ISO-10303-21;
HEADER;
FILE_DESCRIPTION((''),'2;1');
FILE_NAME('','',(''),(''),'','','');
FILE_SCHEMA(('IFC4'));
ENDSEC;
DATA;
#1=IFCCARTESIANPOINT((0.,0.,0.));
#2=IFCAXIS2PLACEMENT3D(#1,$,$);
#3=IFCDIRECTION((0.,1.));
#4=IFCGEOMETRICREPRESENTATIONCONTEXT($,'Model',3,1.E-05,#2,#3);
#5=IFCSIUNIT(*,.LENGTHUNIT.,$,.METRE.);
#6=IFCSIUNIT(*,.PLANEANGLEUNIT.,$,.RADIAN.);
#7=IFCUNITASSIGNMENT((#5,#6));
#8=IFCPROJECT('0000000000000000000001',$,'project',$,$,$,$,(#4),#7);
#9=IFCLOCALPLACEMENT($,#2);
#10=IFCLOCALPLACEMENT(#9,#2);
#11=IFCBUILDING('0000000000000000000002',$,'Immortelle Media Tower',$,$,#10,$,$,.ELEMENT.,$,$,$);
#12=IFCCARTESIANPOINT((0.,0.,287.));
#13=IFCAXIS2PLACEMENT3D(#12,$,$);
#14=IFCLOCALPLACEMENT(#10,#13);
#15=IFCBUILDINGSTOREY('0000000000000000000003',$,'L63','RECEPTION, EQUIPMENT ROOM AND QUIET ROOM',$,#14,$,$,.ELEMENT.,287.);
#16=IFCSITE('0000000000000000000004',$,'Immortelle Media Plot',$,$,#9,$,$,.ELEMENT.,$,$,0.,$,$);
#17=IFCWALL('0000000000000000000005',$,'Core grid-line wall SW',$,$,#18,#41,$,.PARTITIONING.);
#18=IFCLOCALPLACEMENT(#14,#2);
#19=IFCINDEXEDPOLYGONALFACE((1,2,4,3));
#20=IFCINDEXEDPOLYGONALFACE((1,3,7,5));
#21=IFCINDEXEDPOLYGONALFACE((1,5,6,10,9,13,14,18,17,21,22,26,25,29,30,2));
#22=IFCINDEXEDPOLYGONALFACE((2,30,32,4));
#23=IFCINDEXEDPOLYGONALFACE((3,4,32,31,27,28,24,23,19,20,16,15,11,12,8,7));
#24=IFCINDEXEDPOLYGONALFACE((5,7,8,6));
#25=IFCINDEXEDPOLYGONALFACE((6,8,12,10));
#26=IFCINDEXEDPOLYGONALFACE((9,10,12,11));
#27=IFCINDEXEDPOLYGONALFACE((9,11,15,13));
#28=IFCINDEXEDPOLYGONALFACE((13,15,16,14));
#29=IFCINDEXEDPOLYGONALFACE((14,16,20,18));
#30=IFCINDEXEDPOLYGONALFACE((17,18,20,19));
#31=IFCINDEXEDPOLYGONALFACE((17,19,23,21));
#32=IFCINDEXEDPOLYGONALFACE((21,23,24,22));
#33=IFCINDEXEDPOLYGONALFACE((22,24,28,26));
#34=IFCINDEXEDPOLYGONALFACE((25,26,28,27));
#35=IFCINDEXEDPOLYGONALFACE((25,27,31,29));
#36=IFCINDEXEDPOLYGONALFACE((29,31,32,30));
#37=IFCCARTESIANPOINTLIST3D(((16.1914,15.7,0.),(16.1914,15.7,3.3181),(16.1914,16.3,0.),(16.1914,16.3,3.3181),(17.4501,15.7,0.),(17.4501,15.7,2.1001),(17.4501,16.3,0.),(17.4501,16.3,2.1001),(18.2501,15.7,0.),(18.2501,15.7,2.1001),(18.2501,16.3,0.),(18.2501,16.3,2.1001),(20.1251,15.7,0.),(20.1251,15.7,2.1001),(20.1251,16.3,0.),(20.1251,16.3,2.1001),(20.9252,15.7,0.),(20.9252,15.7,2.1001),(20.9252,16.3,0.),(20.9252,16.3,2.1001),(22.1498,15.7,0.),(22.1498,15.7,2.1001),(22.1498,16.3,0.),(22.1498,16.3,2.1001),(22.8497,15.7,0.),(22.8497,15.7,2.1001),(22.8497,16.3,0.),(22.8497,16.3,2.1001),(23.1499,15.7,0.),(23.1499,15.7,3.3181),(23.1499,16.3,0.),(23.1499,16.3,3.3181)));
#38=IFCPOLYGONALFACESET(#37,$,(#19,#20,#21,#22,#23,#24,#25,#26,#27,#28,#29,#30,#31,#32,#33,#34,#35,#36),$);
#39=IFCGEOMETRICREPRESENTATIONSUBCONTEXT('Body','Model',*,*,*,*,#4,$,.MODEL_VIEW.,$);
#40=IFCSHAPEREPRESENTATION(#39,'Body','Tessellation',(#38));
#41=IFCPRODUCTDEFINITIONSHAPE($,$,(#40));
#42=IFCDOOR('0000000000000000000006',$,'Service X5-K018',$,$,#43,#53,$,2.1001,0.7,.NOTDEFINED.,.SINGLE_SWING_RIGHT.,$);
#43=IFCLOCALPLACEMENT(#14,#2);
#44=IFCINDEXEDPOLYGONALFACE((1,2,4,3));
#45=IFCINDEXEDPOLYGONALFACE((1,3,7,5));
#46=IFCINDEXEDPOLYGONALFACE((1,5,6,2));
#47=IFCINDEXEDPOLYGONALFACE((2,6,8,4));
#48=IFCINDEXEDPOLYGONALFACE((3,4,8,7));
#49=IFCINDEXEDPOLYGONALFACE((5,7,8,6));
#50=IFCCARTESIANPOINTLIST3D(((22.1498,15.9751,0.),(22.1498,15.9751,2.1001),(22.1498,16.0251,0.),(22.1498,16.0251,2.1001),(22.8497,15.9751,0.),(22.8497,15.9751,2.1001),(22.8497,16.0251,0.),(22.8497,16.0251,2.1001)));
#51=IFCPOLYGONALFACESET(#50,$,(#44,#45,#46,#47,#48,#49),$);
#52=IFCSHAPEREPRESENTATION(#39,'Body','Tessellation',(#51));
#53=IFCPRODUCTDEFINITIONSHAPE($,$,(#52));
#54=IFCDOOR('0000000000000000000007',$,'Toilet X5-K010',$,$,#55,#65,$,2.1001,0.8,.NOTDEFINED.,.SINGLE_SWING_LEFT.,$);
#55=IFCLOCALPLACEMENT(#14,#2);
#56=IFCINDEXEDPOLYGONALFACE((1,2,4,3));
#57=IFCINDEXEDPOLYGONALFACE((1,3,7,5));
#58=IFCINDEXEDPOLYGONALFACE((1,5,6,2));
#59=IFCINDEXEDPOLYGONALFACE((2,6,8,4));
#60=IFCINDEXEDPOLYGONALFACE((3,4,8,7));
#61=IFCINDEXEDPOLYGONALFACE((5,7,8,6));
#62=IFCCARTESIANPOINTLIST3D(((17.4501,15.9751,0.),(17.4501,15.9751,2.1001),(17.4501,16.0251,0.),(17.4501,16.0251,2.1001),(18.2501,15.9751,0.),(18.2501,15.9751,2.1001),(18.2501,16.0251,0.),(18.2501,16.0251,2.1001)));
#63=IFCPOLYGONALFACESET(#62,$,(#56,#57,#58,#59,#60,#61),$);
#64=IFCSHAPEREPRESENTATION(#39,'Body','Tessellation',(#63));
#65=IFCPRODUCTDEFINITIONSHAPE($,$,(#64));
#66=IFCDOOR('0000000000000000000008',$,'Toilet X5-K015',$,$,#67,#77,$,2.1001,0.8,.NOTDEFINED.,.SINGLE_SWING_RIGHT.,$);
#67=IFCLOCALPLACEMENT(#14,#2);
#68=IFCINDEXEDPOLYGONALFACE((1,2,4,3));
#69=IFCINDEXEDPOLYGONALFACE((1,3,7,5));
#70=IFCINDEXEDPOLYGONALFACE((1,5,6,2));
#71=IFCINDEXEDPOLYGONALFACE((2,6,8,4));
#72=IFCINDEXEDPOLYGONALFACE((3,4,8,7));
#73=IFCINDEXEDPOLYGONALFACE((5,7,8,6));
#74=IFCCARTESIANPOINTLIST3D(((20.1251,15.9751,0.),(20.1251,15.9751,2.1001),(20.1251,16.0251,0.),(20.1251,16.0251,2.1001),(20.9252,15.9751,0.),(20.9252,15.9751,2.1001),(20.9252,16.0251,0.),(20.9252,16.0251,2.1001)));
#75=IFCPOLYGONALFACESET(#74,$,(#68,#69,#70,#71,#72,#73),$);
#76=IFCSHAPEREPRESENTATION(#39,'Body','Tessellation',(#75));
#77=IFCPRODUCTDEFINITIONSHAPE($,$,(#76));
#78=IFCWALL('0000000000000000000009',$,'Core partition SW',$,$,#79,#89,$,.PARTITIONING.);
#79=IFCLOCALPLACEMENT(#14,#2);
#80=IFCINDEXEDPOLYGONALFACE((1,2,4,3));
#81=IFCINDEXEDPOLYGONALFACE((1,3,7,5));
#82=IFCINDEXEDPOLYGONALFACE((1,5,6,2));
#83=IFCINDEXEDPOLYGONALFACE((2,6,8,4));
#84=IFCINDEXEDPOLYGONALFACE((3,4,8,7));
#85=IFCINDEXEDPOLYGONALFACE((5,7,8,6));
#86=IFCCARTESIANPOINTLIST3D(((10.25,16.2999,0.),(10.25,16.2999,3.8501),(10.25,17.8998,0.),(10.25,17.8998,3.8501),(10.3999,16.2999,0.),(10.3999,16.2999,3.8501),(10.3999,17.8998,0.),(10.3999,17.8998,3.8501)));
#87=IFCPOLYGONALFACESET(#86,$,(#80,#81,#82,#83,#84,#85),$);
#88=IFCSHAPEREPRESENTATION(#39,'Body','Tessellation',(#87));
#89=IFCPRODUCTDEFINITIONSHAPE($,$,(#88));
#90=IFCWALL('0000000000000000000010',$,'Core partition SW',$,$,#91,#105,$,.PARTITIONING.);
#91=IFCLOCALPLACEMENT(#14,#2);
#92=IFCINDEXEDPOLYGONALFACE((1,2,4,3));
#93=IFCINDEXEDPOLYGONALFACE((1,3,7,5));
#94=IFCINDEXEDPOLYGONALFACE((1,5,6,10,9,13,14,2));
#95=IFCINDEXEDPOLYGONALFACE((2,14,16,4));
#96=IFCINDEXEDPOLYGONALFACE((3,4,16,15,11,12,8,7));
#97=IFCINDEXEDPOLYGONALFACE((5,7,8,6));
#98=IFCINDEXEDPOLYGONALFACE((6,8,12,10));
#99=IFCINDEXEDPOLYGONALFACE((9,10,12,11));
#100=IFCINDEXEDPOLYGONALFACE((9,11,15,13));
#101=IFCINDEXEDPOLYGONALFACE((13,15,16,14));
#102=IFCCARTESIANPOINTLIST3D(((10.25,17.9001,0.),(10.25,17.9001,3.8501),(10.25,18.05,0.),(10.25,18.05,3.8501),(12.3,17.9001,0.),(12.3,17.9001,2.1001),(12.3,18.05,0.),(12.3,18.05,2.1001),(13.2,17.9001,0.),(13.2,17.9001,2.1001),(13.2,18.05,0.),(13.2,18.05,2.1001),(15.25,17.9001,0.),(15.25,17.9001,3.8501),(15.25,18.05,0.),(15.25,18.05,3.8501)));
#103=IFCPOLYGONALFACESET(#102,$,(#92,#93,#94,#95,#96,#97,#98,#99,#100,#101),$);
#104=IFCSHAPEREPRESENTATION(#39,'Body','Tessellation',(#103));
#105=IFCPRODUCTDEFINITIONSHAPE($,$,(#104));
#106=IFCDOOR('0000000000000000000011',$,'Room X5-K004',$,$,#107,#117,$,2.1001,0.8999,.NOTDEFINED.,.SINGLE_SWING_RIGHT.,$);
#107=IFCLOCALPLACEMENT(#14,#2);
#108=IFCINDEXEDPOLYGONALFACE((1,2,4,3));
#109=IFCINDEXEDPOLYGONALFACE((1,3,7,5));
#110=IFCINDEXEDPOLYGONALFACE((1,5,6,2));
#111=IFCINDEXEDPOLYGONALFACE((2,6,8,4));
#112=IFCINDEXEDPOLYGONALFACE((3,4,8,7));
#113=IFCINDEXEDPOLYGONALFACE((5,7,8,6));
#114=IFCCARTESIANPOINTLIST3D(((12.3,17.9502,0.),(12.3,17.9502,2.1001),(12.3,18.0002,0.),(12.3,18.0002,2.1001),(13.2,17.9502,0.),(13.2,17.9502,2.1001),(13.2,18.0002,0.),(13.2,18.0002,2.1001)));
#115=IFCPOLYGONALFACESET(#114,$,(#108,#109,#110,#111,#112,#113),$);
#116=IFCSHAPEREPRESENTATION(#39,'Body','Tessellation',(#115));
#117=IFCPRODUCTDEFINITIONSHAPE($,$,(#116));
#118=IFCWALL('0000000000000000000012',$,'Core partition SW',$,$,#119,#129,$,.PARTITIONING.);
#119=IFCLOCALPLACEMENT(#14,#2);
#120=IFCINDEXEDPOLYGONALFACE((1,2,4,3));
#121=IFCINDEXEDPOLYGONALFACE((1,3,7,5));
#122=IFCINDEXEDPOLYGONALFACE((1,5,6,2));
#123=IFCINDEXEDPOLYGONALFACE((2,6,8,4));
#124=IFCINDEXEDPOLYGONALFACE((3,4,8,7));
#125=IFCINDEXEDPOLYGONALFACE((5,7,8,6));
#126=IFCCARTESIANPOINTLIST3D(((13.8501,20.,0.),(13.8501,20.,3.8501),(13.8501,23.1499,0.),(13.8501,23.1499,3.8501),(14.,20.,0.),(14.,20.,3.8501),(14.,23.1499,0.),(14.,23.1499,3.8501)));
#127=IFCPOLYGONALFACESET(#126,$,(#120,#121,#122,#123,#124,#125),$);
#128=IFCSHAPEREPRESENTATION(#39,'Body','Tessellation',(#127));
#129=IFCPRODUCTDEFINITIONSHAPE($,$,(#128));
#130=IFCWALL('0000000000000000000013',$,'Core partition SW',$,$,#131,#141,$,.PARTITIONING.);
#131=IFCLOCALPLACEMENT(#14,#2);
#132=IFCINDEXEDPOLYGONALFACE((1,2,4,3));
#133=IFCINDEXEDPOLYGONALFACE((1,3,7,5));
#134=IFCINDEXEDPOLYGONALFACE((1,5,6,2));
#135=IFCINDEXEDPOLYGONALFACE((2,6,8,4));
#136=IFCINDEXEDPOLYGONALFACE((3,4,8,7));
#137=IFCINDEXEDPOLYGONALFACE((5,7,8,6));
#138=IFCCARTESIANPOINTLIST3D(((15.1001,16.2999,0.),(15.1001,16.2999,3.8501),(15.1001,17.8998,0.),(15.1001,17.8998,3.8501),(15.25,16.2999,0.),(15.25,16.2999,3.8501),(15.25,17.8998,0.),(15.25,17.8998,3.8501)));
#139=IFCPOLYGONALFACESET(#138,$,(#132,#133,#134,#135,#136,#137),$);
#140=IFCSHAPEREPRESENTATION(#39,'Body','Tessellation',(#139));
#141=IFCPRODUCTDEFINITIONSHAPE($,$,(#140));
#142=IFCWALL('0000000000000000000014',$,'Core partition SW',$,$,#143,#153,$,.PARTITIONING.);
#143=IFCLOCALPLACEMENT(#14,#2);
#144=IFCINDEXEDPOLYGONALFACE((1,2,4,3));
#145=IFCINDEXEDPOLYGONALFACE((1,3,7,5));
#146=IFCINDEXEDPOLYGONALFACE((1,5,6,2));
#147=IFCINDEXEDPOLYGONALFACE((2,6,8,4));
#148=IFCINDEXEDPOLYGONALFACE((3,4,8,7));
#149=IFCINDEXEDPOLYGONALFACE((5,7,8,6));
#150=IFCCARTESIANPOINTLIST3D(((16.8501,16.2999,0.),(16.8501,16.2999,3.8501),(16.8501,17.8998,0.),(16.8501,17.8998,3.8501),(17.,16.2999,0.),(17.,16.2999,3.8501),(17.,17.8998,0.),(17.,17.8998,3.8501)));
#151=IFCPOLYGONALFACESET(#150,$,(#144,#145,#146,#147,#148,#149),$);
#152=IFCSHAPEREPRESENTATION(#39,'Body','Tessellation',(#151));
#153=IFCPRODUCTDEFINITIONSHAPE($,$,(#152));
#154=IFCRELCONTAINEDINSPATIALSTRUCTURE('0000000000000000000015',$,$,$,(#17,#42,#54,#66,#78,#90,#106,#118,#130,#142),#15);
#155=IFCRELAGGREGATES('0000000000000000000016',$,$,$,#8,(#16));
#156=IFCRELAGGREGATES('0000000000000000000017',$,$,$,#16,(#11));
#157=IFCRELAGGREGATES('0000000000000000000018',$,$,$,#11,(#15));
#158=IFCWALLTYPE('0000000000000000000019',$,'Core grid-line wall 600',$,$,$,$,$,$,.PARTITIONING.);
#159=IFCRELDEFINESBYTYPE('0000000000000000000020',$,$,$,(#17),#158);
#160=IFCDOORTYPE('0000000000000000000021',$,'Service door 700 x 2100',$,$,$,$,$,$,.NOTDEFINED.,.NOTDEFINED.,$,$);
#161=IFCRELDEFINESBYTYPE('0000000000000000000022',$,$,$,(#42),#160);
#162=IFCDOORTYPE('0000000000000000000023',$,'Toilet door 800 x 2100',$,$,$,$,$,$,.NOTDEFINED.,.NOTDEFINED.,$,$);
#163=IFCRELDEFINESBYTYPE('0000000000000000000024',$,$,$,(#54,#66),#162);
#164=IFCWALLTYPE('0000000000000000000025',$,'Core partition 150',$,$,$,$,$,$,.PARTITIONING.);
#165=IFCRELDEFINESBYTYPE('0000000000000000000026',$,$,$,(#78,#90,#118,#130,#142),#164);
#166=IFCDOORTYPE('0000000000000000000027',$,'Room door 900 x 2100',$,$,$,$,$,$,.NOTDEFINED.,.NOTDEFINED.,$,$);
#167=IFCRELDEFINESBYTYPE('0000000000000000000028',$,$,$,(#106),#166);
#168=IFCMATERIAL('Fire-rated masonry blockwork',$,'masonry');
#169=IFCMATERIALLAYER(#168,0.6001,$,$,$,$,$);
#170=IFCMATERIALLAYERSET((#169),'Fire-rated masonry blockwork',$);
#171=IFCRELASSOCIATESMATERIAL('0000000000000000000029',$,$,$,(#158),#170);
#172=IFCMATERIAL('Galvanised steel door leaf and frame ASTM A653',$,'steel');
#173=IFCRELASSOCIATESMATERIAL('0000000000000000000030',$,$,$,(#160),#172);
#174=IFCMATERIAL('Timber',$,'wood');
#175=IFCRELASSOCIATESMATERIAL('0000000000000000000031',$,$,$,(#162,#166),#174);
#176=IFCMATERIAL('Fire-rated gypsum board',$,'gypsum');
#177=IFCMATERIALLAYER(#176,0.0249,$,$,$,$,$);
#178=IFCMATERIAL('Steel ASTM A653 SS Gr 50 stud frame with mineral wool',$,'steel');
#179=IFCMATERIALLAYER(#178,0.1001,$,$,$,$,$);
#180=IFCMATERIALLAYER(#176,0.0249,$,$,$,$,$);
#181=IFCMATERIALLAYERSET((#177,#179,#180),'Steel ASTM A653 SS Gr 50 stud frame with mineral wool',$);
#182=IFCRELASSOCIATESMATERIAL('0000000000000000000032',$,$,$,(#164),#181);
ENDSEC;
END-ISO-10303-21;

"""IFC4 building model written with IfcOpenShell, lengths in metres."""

from ifc_helpers import new_model, si_unit, direction, frame, frame_2d, origin, place, context, subcontext, project, spatial, rectangle, extrude, material, layer, layer_set, type_object, element, fill, save


model = new_model("IFC4")

# Units and contexts
model_context = context("Model", 3, precision=1e-05, world=origin(), true_north=direction((0.0, 1.0)))
body_context = subcontext(model_context, "Body", "Model", "MODEL_VIEW")
ifc_project = project(units=[si_unit("LENGTHUNIT", "METRE"), si_unit("PLANEANGLEUNIT", "RADIAN")], contexts=[model_context])

# Site, building, storey
site_placement = place(None, origin())
site = spatial("IfcSite", under=ifc_project, at=site_placement, Name="Immortelle Media Plot", CompositionType="ELEMENT", RefElevation=0.0)
building_placement = place(site_placement, origin())
building = spatial("IfcBuilding", under=site, at=building_placement, Name="Immortelle Media Tower", CompositionType="ELEMENT")
storey_placement = place(building_placement, frame((0.0, 0.0, 287.0)))
storey = spatial("IfcBuildingStorey", under=building, at=storey_placement, Name="L63", Description="RECEPTION, EQUIPMENT ROOM AND QUIET ROOM", CompositionType="ELEMENT", Elevation=287.0)

# Wall, openings, doors
ifc_material_1 = material(Name="Fire-rated masonry blockwork", Category="masonry")
ifc_layer_1 = layer(ifc_material_1, 0.6001)
ifc_layer_set_1 = layer_set([ifc_layer_1], Name="Fire-rated masonry blockwork")
wall_type_1 = type_object("IfcWallType", Name="Core grid-line wall 600", PredefinedType="PARTITIONING", material=ifc_layer_set_1)
wall_1_placement = place(storey_placement, frame((16.1914, 16.0, 0.0), z_axis=(0.0, 0.0, 1.0), x_axis=(1.0, 0.0, 0.0)))
wall_1 = element("IfcWall", 1, at=wall_1_placement, inside=storey, type_object=wall_type_1, Name="Core grid-line wall SW", PredefinedType="PARTITIONING", context=body_context, shape_type="SweptSolid", body=[
    extrude(rectangle(XDim=6.9585, YDim=0.6001, at=frame_2d((3.4792, 0.0))), origin(), (0.0, 0.0, 1.0), 3.3181),
])
opening_1_placement = place(wall_1_placement, frame((2.0586, 0.0, 0.0), z_axis=(0.0, 0.0, 1.0), x_axis=(-1.0, 0.0, 0.0)))
opening_1 = element("IfcOpeningElement", 2, at=opening_1_placement, cuts=wall_1, PredefinedType="OPENING", context=body_context, shape_type="SweptSolid", body=[
    extrude(rectangle(XDim=0.8, YDim=2.1001, at=frame_2d((0.3999, 1.05))), frame((0.0, 0.3101, 0.0), z_axis=(0.0, -1.0, 0.0), x_axis=(1.0, 0.0, 0.0)), (0.0, 0.0, 1.0), 0.6201),
])
opening_2_placement = place(wall_1_placement, frame((4.7336, 0.0, 0.0), z_axis=(0.0, 0.0, 1.0), x_axis=(-1.0, 0.0, 0.0)))
opening_2 = element("IfcOpeningElement", 3, at=opening_2_placement, cuts=wall_1, PredefinedType="OPENING", context=body_context, shape_type="SweptSolid", body=[
    extrude(rectangle(XDim=0.8, YDim=2.1001, at=frame_2d((0.3999, 1.05))), frame((0.0, 0.3101, 0.0), z_axis=(0.0, -1.0, 0.0), x_axis=(1.0, 0.0, 0.0)), (0.0, 0.0, 1.0), 0.6201),
])
opening_3_placement = place(wall_1_placement, frame((6.6584, 0.0, 0.0), z_axis=(0.0, 0.0, 1.0), x_axis=(-1.0, 0.0, 0.0)))
opening_3 = element("IfcOpeningElement", 4, at=opening_3_placement, cuts=wall_1, PredefinedType="OPENING", context=body_context, shape_type="SweptSolid", body=[
    extrude(rectangle(XDim=0.7, YDim=2.1001, at=frame_2d((0.3501, 1.05))), frame((0.0, 0.3101, 0.0), z_axis=(0.0, -1.0, 0.0), x_axis=(1.0, 0.0, 0.0)), (0.0, 0.0, 1.0), 0.6201),
])
ifc_material_2 = material(Name="Galvanised steel door leaf and frame ASTM A653", Category="steel")
door_type_1 = type_object("IfcDoorType", Name="Service door 700 x 2100", OperationType="NOTDEFINED", PredefinedType="NOTDEFINED", material=ifc_material_2)
door_1_placement = place(opening_3_placement, origin())
door_1 = element("IfcDoor", 5, at=door_1_placement, inside=storey, type_object=door_type_1, Name="Service X5-K018", OperationType="SINGLE_SWING_RIGHT", OverallHeight=2.1001, OverallWidth=0.7, PredefinedType="NOTDEFINED", context=body_context, shape_type="SweptSolid", body=[
    extrude(rectangle(XDim=0.7, YDim=2.1001, at=frame_2d((0.3501, 1.05))), frame((0.0, 0.0249, 0.0), z_axis=(0.0, -1.0, 0.0), x_axis=(1.0, 0.0, 0.0)), (0.0, 0.0, 1.0), 0.05),
])
fill(opening_3, door_1)
ifc_material_3 = material(Name="Timber", Category="wood")
door_type_2 = type_object("IfcDoorType", Name="Toilet door 800 x 2100", OperationType="NOTDEFINED", PredefinedType="NOTDEFINED", material=ifc_material_3)
door_2_placement = place(opening_1_placement, origin())
door_2 = element("IfcDoor", 6, at=door_2_placement, inside=storey, type_object=door_type_2, Name="Toilet X5-K010", OperationType="SINGLE_SWING_LEFT", OverallHeight=2.1001, OverallWidth=0.8, PredefinedType="NOTDEFINED", context=body_context, shape_type="SweptSolid", body=[
    extrude(rectangle(XDim=0.8, YDim=2.1001, at=frame_2d((0.3999, 1.05))), frame((0.0, 0.0249, 0.0), z_axis=(0.0, -1.0, 0.0), x_axis=(1.0, 0.0, 0.0)), (0.0, 0.0, 1.0), 0.05),
])
fill(opening_1, door_2)
door_3_placement = place(opening_2_placement, origin())
door_3 = element("IfcDoor", 7, at=door_3_placement, inside=storey, type_object=door_type_2, Name="Toilet X5-K015", OperationType="SINGLE_SWING_RIGHT", OverallHeight=2.1001, OverallWidth=0.8, PredefinedType="NOTDEFINED", context=body_context, shape_type="SweptSolid", body=[
    extrude(rectangle(XDim=0.8, YDim=2.1001, at=frame_2d((0.3999, 1.05))), frame((0.0, 0.0249, 0.0), z_axis=(0.0, -1.0, 0.0), x_axis=(1.0, 0.0, 0.0)), (0.0, 0.0, 1.0), 0.05),
])
fill(opening_2, door_3)

# Wall
ifc_material_4 = material(Name="Fire-rated gypsum board", Category="gypsum")
ifc_layer_2 = layer(ifc_material_4, 0.0249)
ifc_material_5 = material(Name="Steel ASTM A653 SS Gr 50 stud frame with mineral wool", Category="steel")
ifc_layer_3 = layer(ifc_material_5, 0.1001)
ifc_layer_4 = layer(ifc_material_4, 0.0249)
ifc_layer_set_2 = layer_set([ifc_layer_2, ifc_layer_3, ifc_layer_4], Name="Steel ASTM A653 SS Gr 50 stud frame with mineral wool")
wall_type_2 = type_object("IfcWallType", Name="Core partition 150", PredefinedType="PARTITIONING", material=ifc_layer_set_2)
wall_2_placement = place(storey_placement, frame((10.325, 16.3, 0.0), z_axis=(0.0, 0.0, 1.0), x_axis=(0.0, 1.0, 0.0)))
element("IfcWall", 8, at=wall_2_placement, inside=storey, type_object=wall_type_2, Name="Core partition SW", PredefinedType="PARTITIONING", context=body_context, shape_type="SweptSolid", body=[
    extrude(rectangle(XDim=1.5999, YDim=0.1499, at=frame_2d((0.7998, 0.0))), origin(), (0.0, 0.0, 1.0), 3.8501),
])

# Wall, opening, door
wall_3_placement = place(storey_placement, frame((10.25, 17.9751, 0.0), z_axis=(0.0, 0.0, 1.0), x_axis=(1.0, 0.0, 0.0)))
wall_3 = element("IfcWall", 9, at=wall_3_placement, inside=storey, type_object=wall_type_2, Name="Core partition SW", PredefinedType="PARTITIONING", context=body_context, shape_type="SweptSolid", body=[
    extrude(rectangle(XDim=5.0, YDim=0.1499, at=frame_2d((2.5, 0.0))), origin(), (0.0, 0.0, 1.0), 3.8501),
])
opening_4_placement = place(wall_3_placement, frame((2.95, 0.0, 0.0), z_axis=(0.0, 0.0, 1.0), x_axis=(-1.0, 0.0, 0.0)))
opening_4 = element("IfcOpeningElement", 10, at=opening_4_placement, cuts=wall_3, PredefinedType="OPENING", context=body_context, shape_type="SweptSolid", body=[
    extrude(rectangle(XDim=0.8999, YDim=2.1001, at=frame_2d((0.45, 1.05))), frame((0.0, 0.085, 0.0), z_axis=(0.0, -1.0, 0.0), x_axis=(1.0, 0.0, 0.0)), (0.0, 0.0, 1.0), 0.1699),
])
door_type_3 = type_object("IfcDoorType", Name="Room door 900 x 2100", OperationType="NOTDEFINED", PredefinedType="NOTDEFINED", material=ifc_material_3)
door_4_placement = place(opening_4_placement, origin())
door_4 = element("IfcDoor", 11, at=door_4_placement, inside=storey, type_object=door_type_3, Name="Room X5-K004", OperationType="SINGLE_SWING_RIGHT", OverallHeight=2.1001, OverallWidth=0.8999, PredefinedType="NOTDEFINED", context=body_context, shape_type="SweptSolid", body=[
    extrude(rectangle(XDim=0.8999, YDim=2.1001, at=frame_2d((0.45, 1.05))), frame((0.0, 0.0249, 0.0), z_axis=(0.0, -1.0, 0.0), x_axis=(1.0, 0.0, 0.0)), (0.0, 0.0, 1.0), 0.05),
])
fill(opening_4, door_4)

# Walls
wall_4_placement = place(storey_placement, frame((13.925, 20.0, 0.0), z_axis=(0.0, 0.0, 1.0), x_axis=(0.0, 1.0, 0.0)))
element("IfcWall", 12, at=wall_4_placement, inside=storey, type_object=wall_type_2, Name="Core partition SW", PredefinedType="PARTITIONING", context=body_context, shape_type="SweptSolid", body=[
    extrude(rectangle(XDim=3.1499, YDim=0.1499, at=frame_2d((1.575, 0.0))), origin(), (0.0, 0.0, 1.0), 3.8501),
])
for number, where, z_axis, x_axis, name in (
    (13, (15.175, 16.3, 0.0), (0.0, 0.0, 1.0), (0.0, 1.0, 0.0), "Core partition SW"),
    (14, (16.925, 16.3, 0.0), (0.0, 0.0, 1.0), (0.0, 1.0, 0.0), "Core partition SW"),
):
    element("IfcWall", number, at=place(storey_placement, frame(where, z_axis=z_axis, x_axis=x_axis)), inside=storey, type_object=wall_type_2, Name=name, PredefinedType="PARTITIONING", context=body_context, shape_type="SweptSolid", body=[
        extrude(rectangle(XDim=1.5999, YDim=0.1499, at=frame_2d((0.7998, 0.0))), origin(), (0.0, 0.0, 1.0), 3.8501),
    ])

save(model, "model.ifc")
